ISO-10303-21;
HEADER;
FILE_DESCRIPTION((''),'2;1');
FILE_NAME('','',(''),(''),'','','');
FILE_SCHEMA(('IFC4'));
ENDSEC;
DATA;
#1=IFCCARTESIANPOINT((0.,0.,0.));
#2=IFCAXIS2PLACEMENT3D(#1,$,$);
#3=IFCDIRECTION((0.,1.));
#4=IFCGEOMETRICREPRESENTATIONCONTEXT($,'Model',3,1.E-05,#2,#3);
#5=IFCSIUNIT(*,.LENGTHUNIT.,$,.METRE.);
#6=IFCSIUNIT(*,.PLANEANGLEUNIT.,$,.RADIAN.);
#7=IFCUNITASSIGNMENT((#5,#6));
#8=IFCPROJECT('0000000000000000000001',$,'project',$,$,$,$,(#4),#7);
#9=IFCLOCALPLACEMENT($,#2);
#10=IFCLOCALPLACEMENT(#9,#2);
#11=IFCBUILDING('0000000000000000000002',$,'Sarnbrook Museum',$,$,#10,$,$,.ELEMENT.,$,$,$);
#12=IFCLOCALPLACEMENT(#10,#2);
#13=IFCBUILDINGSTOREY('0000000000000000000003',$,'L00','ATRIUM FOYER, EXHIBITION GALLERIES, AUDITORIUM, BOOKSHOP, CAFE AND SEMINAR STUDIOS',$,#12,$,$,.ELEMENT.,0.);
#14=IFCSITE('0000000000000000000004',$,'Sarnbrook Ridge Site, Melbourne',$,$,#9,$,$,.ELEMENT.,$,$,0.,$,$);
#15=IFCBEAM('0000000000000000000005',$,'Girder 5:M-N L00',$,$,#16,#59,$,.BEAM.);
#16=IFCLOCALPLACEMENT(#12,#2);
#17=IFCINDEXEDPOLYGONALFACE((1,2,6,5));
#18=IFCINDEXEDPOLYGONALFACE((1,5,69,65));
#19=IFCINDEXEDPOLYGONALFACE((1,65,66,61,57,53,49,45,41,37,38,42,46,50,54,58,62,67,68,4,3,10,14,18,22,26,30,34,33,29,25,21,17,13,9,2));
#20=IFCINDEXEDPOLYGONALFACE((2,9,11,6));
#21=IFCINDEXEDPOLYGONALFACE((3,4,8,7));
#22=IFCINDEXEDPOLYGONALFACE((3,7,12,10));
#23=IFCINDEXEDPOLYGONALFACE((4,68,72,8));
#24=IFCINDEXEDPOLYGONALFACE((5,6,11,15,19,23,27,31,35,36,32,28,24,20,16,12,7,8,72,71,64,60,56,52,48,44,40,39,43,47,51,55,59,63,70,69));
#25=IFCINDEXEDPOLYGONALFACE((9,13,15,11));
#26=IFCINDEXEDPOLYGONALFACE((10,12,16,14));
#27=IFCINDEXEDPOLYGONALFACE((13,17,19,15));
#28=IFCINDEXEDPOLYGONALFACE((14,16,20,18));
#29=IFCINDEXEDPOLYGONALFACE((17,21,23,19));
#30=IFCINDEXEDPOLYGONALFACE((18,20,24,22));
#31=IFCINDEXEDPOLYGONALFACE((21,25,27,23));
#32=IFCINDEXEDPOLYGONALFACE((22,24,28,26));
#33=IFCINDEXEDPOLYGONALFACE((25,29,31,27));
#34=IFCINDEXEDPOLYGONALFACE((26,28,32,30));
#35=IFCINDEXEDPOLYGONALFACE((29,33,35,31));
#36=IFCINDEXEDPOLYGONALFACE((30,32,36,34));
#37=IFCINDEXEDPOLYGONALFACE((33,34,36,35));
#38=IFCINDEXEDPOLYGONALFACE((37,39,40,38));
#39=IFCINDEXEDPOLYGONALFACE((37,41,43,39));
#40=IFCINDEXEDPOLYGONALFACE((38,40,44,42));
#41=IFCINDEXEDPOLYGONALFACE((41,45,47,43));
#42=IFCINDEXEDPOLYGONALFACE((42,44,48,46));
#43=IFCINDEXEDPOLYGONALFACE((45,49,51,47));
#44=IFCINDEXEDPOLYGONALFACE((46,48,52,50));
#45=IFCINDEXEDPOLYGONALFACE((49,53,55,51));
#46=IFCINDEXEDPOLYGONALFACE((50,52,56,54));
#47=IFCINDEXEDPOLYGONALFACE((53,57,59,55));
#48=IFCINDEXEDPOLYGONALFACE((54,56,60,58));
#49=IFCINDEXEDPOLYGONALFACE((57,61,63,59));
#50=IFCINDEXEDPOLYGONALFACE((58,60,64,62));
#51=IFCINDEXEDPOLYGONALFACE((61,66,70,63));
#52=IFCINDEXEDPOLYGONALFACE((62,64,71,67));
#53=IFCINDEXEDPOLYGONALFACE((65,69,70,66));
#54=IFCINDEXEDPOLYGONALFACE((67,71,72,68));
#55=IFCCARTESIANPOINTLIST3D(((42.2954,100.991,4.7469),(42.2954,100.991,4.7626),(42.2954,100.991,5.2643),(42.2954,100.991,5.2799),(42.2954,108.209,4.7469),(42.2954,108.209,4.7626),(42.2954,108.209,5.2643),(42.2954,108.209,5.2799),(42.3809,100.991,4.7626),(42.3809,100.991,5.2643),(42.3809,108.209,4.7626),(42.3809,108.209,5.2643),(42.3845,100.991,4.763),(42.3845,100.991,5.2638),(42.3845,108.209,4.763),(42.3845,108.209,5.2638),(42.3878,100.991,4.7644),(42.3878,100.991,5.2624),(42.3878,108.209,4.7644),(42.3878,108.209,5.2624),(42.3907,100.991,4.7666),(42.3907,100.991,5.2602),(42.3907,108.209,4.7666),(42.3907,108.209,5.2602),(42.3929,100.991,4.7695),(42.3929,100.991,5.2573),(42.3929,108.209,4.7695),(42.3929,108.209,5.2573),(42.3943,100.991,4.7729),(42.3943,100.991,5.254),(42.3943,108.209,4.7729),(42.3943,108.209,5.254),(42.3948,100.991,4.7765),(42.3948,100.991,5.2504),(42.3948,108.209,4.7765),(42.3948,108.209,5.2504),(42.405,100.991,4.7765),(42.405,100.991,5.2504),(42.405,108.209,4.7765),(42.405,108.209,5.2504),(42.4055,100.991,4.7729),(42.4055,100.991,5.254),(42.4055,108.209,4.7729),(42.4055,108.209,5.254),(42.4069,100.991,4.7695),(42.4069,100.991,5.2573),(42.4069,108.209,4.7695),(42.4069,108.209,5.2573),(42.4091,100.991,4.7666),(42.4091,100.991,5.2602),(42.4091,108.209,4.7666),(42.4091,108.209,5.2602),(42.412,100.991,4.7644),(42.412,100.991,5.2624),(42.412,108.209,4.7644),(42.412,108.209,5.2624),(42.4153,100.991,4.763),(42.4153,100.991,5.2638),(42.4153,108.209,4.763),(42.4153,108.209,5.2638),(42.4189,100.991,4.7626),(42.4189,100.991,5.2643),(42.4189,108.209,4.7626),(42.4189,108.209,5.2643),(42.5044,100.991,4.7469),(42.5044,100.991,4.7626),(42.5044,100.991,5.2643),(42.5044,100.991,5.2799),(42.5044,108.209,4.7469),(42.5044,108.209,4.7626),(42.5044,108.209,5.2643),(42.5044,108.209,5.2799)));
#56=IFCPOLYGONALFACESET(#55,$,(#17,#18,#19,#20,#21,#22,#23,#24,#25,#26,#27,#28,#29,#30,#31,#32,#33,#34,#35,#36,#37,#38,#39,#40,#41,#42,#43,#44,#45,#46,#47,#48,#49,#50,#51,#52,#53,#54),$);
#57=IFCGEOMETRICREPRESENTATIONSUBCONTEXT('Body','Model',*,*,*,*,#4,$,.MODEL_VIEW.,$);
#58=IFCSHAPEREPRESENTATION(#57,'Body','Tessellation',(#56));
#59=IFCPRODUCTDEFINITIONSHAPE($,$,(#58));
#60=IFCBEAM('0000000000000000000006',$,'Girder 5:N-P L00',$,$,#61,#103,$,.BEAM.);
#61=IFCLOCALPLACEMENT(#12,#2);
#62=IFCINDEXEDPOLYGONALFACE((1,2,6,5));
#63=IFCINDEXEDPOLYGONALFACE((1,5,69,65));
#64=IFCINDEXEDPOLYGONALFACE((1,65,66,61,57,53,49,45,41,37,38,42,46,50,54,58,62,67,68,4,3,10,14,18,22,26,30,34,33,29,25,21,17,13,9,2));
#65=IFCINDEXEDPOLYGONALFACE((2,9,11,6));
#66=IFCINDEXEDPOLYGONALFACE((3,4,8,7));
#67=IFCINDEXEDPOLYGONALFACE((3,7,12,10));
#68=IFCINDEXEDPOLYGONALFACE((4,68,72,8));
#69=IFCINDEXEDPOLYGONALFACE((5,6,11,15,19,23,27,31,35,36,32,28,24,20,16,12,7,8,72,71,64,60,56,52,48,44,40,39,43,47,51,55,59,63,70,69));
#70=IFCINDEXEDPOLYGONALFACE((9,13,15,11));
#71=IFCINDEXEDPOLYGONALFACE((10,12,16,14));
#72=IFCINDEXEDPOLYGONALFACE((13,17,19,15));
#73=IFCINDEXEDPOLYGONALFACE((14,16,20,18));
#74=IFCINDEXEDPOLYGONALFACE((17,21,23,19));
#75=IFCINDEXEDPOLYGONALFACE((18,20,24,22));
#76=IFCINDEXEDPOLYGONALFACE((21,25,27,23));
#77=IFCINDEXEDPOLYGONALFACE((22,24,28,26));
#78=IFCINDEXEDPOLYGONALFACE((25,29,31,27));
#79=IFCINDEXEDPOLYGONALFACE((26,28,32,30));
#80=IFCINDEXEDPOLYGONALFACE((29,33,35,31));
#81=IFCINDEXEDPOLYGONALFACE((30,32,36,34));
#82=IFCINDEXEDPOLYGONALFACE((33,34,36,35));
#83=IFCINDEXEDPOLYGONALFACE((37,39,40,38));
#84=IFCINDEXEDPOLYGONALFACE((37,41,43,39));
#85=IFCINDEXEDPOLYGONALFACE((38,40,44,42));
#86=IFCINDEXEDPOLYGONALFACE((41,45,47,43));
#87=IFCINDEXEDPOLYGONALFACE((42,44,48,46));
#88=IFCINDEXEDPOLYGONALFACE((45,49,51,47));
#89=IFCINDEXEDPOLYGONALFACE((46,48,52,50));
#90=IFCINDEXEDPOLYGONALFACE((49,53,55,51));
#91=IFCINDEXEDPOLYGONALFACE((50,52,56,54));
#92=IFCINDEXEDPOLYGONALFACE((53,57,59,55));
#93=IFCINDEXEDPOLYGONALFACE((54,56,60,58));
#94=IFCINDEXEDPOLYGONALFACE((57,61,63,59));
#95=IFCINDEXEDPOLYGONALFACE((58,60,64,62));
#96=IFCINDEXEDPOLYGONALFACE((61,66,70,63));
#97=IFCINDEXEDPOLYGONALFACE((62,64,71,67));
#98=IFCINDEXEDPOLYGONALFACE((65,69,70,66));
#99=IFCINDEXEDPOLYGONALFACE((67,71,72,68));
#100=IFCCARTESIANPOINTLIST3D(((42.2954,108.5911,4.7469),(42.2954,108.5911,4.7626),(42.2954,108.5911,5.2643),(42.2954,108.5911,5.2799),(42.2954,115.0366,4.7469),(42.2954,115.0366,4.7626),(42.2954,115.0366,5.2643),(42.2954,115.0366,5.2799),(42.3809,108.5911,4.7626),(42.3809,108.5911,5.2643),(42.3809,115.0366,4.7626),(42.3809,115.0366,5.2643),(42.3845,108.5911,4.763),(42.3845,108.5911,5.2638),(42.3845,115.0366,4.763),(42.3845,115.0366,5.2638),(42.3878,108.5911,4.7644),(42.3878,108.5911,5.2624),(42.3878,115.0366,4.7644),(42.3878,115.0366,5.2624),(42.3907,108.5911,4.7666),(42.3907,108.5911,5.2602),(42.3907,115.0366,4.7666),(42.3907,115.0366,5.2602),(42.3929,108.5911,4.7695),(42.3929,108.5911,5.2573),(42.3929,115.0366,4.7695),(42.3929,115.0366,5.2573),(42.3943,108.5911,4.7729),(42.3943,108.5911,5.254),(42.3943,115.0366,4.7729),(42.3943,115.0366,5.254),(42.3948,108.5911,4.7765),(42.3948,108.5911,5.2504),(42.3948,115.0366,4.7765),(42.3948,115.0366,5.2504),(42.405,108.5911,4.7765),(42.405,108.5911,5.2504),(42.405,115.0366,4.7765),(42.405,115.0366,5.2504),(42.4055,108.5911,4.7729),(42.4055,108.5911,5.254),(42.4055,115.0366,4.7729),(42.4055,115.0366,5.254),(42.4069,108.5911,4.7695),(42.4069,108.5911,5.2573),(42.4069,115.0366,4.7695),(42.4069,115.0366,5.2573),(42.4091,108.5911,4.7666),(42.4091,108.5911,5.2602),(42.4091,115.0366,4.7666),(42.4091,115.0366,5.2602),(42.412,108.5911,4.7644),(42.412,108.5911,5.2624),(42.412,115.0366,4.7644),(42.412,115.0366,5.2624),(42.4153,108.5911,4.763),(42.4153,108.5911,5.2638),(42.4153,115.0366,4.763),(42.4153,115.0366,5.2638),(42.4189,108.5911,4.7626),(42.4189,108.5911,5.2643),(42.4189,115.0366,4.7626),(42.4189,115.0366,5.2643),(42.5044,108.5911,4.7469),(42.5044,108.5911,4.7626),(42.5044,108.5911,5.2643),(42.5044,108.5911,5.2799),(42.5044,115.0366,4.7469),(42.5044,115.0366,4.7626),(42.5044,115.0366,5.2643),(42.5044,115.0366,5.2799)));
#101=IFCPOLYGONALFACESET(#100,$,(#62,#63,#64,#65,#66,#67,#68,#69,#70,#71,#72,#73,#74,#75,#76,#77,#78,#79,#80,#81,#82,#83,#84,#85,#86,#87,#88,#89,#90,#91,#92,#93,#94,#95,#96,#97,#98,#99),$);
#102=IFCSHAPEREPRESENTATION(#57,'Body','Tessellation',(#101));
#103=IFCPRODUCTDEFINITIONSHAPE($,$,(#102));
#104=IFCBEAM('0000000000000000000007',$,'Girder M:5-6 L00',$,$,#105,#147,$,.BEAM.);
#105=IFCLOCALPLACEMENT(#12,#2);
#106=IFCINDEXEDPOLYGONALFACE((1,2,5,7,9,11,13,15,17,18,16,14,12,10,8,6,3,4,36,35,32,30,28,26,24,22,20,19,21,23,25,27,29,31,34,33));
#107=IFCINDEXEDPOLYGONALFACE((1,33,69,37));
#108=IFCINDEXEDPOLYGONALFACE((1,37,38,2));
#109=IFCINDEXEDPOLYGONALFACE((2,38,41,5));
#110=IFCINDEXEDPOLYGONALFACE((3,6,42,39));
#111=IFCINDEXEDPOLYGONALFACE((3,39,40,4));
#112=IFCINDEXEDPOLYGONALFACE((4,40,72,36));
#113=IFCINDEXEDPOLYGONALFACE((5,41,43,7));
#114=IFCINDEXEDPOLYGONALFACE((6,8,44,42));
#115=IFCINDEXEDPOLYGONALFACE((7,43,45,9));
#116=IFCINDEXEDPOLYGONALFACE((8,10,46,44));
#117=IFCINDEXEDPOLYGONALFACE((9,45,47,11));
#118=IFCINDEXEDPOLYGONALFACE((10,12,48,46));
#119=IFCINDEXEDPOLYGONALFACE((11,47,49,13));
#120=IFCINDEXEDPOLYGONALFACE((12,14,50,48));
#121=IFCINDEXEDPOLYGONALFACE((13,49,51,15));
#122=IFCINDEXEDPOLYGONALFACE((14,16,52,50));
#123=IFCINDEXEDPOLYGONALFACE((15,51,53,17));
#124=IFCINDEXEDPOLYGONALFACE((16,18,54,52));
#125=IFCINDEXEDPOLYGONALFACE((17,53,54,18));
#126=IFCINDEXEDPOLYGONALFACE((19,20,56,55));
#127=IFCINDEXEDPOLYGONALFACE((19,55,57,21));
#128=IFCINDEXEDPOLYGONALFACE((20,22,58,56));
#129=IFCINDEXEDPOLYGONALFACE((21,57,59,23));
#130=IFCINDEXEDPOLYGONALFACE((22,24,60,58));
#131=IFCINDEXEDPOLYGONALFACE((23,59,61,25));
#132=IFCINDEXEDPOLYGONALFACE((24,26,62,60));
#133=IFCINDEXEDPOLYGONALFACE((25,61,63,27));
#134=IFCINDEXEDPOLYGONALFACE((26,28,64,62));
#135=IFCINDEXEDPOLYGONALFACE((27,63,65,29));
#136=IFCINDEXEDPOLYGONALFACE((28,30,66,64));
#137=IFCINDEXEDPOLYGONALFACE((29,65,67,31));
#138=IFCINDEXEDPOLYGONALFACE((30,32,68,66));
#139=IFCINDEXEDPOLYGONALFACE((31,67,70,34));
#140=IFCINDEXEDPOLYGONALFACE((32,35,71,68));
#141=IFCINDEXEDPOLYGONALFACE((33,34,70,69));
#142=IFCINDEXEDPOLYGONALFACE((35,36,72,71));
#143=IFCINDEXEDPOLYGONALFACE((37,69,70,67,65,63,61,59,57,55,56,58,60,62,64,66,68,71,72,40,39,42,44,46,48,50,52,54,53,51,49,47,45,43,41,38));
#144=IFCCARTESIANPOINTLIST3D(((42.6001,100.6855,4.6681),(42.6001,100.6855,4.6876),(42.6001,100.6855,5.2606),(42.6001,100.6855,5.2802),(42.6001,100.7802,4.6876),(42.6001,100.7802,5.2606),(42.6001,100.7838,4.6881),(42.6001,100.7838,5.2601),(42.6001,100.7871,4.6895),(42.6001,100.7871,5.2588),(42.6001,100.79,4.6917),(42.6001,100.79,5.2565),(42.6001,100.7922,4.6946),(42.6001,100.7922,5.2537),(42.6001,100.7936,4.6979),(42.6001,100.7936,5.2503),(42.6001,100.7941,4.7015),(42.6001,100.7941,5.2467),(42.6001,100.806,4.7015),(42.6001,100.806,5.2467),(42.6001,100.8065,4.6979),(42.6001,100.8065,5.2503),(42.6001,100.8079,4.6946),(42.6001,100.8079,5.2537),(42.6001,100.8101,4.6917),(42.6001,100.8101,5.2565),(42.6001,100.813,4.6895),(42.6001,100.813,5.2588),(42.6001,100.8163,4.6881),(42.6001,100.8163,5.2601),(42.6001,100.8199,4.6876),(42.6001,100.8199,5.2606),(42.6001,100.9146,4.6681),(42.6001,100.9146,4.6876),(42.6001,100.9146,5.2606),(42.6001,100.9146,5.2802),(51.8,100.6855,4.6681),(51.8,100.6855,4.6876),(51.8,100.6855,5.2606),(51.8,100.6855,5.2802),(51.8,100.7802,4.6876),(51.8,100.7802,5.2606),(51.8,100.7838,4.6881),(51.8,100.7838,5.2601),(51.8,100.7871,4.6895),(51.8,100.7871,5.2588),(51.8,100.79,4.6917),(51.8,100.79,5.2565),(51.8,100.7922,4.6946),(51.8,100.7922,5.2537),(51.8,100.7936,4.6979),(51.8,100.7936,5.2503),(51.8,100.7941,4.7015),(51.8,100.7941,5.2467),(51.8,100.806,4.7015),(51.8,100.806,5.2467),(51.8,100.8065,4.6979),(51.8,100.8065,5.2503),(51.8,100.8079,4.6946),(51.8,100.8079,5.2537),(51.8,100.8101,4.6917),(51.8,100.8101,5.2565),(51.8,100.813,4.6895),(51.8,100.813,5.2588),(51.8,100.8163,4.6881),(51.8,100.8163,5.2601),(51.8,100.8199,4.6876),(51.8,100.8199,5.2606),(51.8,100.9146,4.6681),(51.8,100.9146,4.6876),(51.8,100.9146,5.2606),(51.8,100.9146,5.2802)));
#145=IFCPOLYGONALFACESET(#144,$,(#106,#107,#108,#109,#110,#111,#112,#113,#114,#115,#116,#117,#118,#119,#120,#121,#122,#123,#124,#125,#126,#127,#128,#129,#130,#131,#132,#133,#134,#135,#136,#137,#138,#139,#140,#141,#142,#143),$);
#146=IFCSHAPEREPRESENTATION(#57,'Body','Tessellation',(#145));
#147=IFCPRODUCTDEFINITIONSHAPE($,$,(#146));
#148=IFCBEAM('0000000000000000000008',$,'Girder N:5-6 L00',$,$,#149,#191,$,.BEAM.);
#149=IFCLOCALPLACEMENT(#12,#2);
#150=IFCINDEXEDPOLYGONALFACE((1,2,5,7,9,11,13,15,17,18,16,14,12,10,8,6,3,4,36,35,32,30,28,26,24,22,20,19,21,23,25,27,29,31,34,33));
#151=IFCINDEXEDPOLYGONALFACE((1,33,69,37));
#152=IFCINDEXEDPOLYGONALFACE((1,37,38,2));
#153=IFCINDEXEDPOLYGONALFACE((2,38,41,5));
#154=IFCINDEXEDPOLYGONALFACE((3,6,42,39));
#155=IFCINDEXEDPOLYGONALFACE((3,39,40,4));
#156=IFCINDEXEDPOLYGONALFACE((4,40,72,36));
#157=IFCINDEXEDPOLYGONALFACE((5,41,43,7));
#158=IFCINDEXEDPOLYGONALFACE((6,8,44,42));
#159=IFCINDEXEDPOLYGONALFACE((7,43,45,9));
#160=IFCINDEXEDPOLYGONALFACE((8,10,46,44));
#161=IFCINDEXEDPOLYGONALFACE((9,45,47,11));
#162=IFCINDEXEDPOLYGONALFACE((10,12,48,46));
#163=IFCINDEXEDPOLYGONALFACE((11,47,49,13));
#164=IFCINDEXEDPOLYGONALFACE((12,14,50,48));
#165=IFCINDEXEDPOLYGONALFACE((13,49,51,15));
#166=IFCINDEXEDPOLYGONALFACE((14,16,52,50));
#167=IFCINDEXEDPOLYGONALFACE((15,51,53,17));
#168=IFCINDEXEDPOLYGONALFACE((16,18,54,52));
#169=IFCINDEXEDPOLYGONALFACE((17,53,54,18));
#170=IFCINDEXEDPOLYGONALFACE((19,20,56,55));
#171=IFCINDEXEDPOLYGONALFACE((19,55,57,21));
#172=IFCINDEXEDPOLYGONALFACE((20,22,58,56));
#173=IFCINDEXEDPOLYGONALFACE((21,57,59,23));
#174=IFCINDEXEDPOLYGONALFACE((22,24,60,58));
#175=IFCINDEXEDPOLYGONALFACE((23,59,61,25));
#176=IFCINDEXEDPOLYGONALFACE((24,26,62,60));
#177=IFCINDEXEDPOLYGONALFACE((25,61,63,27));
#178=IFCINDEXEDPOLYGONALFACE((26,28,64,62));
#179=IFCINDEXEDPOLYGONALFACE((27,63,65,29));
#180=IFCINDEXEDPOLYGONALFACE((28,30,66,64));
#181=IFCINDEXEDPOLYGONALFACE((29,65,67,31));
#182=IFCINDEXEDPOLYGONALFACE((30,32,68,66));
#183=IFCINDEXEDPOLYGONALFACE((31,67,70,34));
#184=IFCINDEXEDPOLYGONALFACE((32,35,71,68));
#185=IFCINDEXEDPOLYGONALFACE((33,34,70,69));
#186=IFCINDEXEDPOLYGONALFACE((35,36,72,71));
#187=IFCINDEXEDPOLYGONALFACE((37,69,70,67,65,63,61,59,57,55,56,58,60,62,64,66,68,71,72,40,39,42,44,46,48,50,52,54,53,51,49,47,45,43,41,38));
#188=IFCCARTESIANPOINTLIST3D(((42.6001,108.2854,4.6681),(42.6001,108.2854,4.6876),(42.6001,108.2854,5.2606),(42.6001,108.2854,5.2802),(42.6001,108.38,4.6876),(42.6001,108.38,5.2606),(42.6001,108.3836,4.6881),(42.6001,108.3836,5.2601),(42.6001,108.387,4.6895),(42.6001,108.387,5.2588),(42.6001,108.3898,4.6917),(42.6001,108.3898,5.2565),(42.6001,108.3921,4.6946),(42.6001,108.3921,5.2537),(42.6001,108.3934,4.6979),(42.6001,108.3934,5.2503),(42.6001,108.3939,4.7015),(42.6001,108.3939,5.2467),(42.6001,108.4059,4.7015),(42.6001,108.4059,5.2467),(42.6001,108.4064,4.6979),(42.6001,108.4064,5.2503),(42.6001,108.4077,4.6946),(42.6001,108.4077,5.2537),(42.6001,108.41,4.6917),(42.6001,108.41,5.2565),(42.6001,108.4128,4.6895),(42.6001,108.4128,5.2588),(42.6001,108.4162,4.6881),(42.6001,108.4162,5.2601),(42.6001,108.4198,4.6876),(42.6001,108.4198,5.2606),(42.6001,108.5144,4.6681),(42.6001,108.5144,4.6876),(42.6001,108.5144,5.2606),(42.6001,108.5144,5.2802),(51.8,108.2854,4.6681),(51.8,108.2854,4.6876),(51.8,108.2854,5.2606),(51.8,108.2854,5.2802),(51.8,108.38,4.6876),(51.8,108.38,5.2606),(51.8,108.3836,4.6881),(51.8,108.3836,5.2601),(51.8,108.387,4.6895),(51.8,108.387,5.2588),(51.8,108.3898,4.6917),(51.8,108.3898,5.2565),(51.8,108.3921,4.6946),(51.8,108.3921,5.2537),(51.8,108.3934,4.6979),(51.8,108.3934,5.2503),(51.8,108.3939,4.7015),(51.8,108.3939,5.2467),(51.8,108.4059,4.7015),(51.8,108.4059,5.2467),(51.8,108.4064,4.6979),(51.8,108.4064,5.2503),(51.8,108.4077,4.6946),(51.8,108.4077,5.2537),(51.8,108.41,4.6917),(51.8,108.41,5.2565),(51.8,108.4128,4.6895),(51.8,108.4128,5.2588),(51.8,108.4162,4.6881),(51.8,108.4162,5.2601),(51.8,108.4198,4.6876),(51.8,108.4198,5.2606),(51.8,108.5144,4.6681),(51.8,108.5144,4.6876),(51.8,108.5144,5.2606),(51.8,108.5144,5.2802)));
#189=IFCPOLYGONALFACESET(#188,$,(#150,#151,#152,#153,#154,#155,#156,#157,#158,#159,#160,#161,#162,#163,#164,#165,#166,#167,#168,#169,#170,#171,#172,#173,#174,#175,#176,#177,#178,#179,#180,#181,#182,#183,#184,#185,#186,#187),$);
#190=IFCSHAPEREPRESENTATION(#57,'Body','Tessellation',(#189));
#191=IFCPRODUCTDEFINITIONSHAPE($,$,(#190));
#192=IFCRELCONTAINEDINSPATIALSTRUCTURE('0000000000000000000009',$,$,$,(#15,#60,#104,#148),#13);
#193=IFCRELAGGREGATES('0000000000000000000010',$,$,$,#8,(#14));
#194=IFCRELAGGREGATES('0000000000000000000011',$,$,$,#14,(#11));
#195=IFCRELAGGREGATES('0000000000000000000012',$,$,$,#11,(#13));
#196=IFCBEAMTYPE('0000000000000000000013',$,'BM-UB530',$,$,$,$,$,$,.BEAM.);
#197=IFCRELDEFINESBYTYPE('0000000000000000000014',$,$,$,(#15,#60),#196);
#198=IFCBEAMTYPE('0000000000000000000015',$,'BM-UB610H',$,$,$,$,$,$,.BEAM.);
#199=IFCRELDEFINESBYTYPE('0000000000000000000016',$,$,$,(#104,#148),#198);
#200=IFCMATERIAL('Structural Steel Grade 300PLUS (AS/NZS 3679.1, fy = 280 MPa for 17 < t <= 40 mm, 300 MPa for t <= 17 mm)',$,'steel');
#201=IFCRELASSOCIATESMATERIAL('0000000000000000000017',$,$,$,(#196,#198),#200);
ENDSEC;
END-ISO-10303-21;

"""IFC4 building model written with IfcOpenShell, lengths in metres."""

from ifc_helpers import new_model, si_unit, direction, frame, origin, origin_2d, place, context, subcontext, project, spatial, i_section, extrude, material, material_profile, profile_set, type_object, element, save


model = new_model("IFC4")

# Units and contexts
model_context = context("Model", 3, precision=1e-05, world=origin(), true_north=direction((0.0, 1.0)))
body_context = subcontext(model_context, "Body", "Model", "MODEL_VIEW")
ifc_project = project(units=[si_unit("LENGTHUNIT", "METRE"), si_unit("PLANEANGLEUNIT", "RADIAN")], contexts=[model_context])

# Site, building, storey
site_placement = place(None, origin())
site = spatial("IfcSite", under=ifc_project, at=site_placement, Name="Sarnbrook Ridge Site, Melbourne", CompositionType="ELEMENT", RefElevation=0.0)
building_placement = place(site_placement, origin())
building = spatial("IfcBuilding", under=site, at=building_placement, Name="Sarnbrook Museum", CompositionType="ELEMENT")
storey_placement = place(building_placement, origin())
storey = spatial("IfcBuildingStorey", under=building, at=storey_placement, Name="L00", Description="ATRIUM FOYER, EXHIBITION GALLERIES, AUDITORIUM, BOOKSHOP, CAFE AND SEMINAR STUDIOS", CompositionType="ELEMENT", Elevation=0.0)

# Shared definitions
ifc_material_1 = material(Name="Structural Steel Grade 300PLUS (AS/NZS 3679.1, fy = 280 MPa for 17 < t <= 40 mm, 300 MPa for t <= 17 mm)", Category="steel")

# Beams
ifc_material_profile_1 = material_profile(ifc_material_1, i_section(OverallWidth=0.209, OverallDepth=0.533, WebThickness=0.0103, FlangeThickness=0.0156, FilletRadius=0.0139, at=origin_2d()), Name="530UB92.4")
ifc_profile_set_1 = profile_set([ifc_material_profile_1], Name="Structural Steel Grade 300PLUS (AS/NZS 3679.1, fy = 280 MPa for 17 < t <= 40 mm, 300 MPa for t <= 17 mm)")
beam_type_1 = type_object("IfcBeamType", Name="BM-UB530", PredefinedType="BEAM", material=ifc_profile_set_1)
beam_1_placement = place(storey_placement, frame((42.3999, 100.991, 5.0134), z_axis=(0.0, 1.0, 0.0), x_axis=(-1.0, 0.0, 0.0)))
element("IfcBeam", 1, at=beam_1_placement, inside=storey, type_object=beam_type_1, Name="Girder 5:M-N L00", PredefinedType="BEAM", context=body_context, shape_type="SweptSolid", body=[
    extrude(i_section(OverallWidth=0.209, OverallDepth=0.533, WebThickness=0.0103, FlangeThickness=0.0156, FilletRadius=0.0139, at=origin_2d()), origin(), (0.0, 0.0, 1.0), 7.218),
])
beam_2_placement = place(storey_placement, frame((42.3999, 108.5911, 5.0134), z_axis=(0.0, 1.0, 0.0), x_axis=(-1.0, 0.0, 0.0)))
element("IfcBeam", 2, at=beam_2_placement, inside=storey, type_object=beam_type_1, Name="Girder 5:N-P L00", PredefinedType="BEAM", context=body_context, shape_type="SweptSolid", body=[
    extrude(i_section(OverallWidth=0.209, OverallDepth=0.533, WebThickness=0.0103, FlangeThickness=0.0156, FilletRadius=0.0139, at=origin_2d()), origin(), (0.0, 0.0, 1.0), 6.4456),
])
ifc_material_profile_2 = material_profile(ifc_material_1, i_section(OverallWidth=0.229, OverallDepth=0.6121, WebThickness=0.012, FlangeThickness=0.0195, FilletRadius=0.0139, at=origin_2d()), Name="610UB125")
ifc_profile_set_2 = profile_set([ifc_material_profile_2], Name="Structural Steel Grade 300PLUS (AS/NZS 3679.1, fy = 280 MPa for 17 < t <= 40 mm, 300 MPa for t <= 17 mm)")
beam_type_2 = type_object("IfcBeamType", Name="BM-UB610H", PredefinedType="BEAM", material=ifc_profile_set_2)
for number, where, z_axis, x_axis, name in (
    (3, (42.6001, 100.8, 4.9741), (1.0, 0.0, 0.0), (0.0, 1.0, 0.0), "Girder M:5-6 L00"),
    (4, (42.6001, 108.3999, 4.9741), (1.0, 0.0, 0.0), (0.0, 1.0, 0.0), "Girder N:5-6 L00"),
):
    element("IfcBeam", number, at=place(storey_placement, frame(where, z_axis=z_axis, x_axis=x_axis)), inside=storey, type_object=beam_type_2, Name=name, PredefinedType="BEAM", context=body_context, shape_type="SweptSolid", body=[
        extrude(i_section(OverallWidth=0.229, OverallDepth=0.6121, WebThickness=0.012, FlangeThickness=0.0195, FilletRadius=0.0139, at=origin_2d()), origin(), (0.0, 0.0, 1.0), 9.2),
    ])

save(model, "model.ifc")
